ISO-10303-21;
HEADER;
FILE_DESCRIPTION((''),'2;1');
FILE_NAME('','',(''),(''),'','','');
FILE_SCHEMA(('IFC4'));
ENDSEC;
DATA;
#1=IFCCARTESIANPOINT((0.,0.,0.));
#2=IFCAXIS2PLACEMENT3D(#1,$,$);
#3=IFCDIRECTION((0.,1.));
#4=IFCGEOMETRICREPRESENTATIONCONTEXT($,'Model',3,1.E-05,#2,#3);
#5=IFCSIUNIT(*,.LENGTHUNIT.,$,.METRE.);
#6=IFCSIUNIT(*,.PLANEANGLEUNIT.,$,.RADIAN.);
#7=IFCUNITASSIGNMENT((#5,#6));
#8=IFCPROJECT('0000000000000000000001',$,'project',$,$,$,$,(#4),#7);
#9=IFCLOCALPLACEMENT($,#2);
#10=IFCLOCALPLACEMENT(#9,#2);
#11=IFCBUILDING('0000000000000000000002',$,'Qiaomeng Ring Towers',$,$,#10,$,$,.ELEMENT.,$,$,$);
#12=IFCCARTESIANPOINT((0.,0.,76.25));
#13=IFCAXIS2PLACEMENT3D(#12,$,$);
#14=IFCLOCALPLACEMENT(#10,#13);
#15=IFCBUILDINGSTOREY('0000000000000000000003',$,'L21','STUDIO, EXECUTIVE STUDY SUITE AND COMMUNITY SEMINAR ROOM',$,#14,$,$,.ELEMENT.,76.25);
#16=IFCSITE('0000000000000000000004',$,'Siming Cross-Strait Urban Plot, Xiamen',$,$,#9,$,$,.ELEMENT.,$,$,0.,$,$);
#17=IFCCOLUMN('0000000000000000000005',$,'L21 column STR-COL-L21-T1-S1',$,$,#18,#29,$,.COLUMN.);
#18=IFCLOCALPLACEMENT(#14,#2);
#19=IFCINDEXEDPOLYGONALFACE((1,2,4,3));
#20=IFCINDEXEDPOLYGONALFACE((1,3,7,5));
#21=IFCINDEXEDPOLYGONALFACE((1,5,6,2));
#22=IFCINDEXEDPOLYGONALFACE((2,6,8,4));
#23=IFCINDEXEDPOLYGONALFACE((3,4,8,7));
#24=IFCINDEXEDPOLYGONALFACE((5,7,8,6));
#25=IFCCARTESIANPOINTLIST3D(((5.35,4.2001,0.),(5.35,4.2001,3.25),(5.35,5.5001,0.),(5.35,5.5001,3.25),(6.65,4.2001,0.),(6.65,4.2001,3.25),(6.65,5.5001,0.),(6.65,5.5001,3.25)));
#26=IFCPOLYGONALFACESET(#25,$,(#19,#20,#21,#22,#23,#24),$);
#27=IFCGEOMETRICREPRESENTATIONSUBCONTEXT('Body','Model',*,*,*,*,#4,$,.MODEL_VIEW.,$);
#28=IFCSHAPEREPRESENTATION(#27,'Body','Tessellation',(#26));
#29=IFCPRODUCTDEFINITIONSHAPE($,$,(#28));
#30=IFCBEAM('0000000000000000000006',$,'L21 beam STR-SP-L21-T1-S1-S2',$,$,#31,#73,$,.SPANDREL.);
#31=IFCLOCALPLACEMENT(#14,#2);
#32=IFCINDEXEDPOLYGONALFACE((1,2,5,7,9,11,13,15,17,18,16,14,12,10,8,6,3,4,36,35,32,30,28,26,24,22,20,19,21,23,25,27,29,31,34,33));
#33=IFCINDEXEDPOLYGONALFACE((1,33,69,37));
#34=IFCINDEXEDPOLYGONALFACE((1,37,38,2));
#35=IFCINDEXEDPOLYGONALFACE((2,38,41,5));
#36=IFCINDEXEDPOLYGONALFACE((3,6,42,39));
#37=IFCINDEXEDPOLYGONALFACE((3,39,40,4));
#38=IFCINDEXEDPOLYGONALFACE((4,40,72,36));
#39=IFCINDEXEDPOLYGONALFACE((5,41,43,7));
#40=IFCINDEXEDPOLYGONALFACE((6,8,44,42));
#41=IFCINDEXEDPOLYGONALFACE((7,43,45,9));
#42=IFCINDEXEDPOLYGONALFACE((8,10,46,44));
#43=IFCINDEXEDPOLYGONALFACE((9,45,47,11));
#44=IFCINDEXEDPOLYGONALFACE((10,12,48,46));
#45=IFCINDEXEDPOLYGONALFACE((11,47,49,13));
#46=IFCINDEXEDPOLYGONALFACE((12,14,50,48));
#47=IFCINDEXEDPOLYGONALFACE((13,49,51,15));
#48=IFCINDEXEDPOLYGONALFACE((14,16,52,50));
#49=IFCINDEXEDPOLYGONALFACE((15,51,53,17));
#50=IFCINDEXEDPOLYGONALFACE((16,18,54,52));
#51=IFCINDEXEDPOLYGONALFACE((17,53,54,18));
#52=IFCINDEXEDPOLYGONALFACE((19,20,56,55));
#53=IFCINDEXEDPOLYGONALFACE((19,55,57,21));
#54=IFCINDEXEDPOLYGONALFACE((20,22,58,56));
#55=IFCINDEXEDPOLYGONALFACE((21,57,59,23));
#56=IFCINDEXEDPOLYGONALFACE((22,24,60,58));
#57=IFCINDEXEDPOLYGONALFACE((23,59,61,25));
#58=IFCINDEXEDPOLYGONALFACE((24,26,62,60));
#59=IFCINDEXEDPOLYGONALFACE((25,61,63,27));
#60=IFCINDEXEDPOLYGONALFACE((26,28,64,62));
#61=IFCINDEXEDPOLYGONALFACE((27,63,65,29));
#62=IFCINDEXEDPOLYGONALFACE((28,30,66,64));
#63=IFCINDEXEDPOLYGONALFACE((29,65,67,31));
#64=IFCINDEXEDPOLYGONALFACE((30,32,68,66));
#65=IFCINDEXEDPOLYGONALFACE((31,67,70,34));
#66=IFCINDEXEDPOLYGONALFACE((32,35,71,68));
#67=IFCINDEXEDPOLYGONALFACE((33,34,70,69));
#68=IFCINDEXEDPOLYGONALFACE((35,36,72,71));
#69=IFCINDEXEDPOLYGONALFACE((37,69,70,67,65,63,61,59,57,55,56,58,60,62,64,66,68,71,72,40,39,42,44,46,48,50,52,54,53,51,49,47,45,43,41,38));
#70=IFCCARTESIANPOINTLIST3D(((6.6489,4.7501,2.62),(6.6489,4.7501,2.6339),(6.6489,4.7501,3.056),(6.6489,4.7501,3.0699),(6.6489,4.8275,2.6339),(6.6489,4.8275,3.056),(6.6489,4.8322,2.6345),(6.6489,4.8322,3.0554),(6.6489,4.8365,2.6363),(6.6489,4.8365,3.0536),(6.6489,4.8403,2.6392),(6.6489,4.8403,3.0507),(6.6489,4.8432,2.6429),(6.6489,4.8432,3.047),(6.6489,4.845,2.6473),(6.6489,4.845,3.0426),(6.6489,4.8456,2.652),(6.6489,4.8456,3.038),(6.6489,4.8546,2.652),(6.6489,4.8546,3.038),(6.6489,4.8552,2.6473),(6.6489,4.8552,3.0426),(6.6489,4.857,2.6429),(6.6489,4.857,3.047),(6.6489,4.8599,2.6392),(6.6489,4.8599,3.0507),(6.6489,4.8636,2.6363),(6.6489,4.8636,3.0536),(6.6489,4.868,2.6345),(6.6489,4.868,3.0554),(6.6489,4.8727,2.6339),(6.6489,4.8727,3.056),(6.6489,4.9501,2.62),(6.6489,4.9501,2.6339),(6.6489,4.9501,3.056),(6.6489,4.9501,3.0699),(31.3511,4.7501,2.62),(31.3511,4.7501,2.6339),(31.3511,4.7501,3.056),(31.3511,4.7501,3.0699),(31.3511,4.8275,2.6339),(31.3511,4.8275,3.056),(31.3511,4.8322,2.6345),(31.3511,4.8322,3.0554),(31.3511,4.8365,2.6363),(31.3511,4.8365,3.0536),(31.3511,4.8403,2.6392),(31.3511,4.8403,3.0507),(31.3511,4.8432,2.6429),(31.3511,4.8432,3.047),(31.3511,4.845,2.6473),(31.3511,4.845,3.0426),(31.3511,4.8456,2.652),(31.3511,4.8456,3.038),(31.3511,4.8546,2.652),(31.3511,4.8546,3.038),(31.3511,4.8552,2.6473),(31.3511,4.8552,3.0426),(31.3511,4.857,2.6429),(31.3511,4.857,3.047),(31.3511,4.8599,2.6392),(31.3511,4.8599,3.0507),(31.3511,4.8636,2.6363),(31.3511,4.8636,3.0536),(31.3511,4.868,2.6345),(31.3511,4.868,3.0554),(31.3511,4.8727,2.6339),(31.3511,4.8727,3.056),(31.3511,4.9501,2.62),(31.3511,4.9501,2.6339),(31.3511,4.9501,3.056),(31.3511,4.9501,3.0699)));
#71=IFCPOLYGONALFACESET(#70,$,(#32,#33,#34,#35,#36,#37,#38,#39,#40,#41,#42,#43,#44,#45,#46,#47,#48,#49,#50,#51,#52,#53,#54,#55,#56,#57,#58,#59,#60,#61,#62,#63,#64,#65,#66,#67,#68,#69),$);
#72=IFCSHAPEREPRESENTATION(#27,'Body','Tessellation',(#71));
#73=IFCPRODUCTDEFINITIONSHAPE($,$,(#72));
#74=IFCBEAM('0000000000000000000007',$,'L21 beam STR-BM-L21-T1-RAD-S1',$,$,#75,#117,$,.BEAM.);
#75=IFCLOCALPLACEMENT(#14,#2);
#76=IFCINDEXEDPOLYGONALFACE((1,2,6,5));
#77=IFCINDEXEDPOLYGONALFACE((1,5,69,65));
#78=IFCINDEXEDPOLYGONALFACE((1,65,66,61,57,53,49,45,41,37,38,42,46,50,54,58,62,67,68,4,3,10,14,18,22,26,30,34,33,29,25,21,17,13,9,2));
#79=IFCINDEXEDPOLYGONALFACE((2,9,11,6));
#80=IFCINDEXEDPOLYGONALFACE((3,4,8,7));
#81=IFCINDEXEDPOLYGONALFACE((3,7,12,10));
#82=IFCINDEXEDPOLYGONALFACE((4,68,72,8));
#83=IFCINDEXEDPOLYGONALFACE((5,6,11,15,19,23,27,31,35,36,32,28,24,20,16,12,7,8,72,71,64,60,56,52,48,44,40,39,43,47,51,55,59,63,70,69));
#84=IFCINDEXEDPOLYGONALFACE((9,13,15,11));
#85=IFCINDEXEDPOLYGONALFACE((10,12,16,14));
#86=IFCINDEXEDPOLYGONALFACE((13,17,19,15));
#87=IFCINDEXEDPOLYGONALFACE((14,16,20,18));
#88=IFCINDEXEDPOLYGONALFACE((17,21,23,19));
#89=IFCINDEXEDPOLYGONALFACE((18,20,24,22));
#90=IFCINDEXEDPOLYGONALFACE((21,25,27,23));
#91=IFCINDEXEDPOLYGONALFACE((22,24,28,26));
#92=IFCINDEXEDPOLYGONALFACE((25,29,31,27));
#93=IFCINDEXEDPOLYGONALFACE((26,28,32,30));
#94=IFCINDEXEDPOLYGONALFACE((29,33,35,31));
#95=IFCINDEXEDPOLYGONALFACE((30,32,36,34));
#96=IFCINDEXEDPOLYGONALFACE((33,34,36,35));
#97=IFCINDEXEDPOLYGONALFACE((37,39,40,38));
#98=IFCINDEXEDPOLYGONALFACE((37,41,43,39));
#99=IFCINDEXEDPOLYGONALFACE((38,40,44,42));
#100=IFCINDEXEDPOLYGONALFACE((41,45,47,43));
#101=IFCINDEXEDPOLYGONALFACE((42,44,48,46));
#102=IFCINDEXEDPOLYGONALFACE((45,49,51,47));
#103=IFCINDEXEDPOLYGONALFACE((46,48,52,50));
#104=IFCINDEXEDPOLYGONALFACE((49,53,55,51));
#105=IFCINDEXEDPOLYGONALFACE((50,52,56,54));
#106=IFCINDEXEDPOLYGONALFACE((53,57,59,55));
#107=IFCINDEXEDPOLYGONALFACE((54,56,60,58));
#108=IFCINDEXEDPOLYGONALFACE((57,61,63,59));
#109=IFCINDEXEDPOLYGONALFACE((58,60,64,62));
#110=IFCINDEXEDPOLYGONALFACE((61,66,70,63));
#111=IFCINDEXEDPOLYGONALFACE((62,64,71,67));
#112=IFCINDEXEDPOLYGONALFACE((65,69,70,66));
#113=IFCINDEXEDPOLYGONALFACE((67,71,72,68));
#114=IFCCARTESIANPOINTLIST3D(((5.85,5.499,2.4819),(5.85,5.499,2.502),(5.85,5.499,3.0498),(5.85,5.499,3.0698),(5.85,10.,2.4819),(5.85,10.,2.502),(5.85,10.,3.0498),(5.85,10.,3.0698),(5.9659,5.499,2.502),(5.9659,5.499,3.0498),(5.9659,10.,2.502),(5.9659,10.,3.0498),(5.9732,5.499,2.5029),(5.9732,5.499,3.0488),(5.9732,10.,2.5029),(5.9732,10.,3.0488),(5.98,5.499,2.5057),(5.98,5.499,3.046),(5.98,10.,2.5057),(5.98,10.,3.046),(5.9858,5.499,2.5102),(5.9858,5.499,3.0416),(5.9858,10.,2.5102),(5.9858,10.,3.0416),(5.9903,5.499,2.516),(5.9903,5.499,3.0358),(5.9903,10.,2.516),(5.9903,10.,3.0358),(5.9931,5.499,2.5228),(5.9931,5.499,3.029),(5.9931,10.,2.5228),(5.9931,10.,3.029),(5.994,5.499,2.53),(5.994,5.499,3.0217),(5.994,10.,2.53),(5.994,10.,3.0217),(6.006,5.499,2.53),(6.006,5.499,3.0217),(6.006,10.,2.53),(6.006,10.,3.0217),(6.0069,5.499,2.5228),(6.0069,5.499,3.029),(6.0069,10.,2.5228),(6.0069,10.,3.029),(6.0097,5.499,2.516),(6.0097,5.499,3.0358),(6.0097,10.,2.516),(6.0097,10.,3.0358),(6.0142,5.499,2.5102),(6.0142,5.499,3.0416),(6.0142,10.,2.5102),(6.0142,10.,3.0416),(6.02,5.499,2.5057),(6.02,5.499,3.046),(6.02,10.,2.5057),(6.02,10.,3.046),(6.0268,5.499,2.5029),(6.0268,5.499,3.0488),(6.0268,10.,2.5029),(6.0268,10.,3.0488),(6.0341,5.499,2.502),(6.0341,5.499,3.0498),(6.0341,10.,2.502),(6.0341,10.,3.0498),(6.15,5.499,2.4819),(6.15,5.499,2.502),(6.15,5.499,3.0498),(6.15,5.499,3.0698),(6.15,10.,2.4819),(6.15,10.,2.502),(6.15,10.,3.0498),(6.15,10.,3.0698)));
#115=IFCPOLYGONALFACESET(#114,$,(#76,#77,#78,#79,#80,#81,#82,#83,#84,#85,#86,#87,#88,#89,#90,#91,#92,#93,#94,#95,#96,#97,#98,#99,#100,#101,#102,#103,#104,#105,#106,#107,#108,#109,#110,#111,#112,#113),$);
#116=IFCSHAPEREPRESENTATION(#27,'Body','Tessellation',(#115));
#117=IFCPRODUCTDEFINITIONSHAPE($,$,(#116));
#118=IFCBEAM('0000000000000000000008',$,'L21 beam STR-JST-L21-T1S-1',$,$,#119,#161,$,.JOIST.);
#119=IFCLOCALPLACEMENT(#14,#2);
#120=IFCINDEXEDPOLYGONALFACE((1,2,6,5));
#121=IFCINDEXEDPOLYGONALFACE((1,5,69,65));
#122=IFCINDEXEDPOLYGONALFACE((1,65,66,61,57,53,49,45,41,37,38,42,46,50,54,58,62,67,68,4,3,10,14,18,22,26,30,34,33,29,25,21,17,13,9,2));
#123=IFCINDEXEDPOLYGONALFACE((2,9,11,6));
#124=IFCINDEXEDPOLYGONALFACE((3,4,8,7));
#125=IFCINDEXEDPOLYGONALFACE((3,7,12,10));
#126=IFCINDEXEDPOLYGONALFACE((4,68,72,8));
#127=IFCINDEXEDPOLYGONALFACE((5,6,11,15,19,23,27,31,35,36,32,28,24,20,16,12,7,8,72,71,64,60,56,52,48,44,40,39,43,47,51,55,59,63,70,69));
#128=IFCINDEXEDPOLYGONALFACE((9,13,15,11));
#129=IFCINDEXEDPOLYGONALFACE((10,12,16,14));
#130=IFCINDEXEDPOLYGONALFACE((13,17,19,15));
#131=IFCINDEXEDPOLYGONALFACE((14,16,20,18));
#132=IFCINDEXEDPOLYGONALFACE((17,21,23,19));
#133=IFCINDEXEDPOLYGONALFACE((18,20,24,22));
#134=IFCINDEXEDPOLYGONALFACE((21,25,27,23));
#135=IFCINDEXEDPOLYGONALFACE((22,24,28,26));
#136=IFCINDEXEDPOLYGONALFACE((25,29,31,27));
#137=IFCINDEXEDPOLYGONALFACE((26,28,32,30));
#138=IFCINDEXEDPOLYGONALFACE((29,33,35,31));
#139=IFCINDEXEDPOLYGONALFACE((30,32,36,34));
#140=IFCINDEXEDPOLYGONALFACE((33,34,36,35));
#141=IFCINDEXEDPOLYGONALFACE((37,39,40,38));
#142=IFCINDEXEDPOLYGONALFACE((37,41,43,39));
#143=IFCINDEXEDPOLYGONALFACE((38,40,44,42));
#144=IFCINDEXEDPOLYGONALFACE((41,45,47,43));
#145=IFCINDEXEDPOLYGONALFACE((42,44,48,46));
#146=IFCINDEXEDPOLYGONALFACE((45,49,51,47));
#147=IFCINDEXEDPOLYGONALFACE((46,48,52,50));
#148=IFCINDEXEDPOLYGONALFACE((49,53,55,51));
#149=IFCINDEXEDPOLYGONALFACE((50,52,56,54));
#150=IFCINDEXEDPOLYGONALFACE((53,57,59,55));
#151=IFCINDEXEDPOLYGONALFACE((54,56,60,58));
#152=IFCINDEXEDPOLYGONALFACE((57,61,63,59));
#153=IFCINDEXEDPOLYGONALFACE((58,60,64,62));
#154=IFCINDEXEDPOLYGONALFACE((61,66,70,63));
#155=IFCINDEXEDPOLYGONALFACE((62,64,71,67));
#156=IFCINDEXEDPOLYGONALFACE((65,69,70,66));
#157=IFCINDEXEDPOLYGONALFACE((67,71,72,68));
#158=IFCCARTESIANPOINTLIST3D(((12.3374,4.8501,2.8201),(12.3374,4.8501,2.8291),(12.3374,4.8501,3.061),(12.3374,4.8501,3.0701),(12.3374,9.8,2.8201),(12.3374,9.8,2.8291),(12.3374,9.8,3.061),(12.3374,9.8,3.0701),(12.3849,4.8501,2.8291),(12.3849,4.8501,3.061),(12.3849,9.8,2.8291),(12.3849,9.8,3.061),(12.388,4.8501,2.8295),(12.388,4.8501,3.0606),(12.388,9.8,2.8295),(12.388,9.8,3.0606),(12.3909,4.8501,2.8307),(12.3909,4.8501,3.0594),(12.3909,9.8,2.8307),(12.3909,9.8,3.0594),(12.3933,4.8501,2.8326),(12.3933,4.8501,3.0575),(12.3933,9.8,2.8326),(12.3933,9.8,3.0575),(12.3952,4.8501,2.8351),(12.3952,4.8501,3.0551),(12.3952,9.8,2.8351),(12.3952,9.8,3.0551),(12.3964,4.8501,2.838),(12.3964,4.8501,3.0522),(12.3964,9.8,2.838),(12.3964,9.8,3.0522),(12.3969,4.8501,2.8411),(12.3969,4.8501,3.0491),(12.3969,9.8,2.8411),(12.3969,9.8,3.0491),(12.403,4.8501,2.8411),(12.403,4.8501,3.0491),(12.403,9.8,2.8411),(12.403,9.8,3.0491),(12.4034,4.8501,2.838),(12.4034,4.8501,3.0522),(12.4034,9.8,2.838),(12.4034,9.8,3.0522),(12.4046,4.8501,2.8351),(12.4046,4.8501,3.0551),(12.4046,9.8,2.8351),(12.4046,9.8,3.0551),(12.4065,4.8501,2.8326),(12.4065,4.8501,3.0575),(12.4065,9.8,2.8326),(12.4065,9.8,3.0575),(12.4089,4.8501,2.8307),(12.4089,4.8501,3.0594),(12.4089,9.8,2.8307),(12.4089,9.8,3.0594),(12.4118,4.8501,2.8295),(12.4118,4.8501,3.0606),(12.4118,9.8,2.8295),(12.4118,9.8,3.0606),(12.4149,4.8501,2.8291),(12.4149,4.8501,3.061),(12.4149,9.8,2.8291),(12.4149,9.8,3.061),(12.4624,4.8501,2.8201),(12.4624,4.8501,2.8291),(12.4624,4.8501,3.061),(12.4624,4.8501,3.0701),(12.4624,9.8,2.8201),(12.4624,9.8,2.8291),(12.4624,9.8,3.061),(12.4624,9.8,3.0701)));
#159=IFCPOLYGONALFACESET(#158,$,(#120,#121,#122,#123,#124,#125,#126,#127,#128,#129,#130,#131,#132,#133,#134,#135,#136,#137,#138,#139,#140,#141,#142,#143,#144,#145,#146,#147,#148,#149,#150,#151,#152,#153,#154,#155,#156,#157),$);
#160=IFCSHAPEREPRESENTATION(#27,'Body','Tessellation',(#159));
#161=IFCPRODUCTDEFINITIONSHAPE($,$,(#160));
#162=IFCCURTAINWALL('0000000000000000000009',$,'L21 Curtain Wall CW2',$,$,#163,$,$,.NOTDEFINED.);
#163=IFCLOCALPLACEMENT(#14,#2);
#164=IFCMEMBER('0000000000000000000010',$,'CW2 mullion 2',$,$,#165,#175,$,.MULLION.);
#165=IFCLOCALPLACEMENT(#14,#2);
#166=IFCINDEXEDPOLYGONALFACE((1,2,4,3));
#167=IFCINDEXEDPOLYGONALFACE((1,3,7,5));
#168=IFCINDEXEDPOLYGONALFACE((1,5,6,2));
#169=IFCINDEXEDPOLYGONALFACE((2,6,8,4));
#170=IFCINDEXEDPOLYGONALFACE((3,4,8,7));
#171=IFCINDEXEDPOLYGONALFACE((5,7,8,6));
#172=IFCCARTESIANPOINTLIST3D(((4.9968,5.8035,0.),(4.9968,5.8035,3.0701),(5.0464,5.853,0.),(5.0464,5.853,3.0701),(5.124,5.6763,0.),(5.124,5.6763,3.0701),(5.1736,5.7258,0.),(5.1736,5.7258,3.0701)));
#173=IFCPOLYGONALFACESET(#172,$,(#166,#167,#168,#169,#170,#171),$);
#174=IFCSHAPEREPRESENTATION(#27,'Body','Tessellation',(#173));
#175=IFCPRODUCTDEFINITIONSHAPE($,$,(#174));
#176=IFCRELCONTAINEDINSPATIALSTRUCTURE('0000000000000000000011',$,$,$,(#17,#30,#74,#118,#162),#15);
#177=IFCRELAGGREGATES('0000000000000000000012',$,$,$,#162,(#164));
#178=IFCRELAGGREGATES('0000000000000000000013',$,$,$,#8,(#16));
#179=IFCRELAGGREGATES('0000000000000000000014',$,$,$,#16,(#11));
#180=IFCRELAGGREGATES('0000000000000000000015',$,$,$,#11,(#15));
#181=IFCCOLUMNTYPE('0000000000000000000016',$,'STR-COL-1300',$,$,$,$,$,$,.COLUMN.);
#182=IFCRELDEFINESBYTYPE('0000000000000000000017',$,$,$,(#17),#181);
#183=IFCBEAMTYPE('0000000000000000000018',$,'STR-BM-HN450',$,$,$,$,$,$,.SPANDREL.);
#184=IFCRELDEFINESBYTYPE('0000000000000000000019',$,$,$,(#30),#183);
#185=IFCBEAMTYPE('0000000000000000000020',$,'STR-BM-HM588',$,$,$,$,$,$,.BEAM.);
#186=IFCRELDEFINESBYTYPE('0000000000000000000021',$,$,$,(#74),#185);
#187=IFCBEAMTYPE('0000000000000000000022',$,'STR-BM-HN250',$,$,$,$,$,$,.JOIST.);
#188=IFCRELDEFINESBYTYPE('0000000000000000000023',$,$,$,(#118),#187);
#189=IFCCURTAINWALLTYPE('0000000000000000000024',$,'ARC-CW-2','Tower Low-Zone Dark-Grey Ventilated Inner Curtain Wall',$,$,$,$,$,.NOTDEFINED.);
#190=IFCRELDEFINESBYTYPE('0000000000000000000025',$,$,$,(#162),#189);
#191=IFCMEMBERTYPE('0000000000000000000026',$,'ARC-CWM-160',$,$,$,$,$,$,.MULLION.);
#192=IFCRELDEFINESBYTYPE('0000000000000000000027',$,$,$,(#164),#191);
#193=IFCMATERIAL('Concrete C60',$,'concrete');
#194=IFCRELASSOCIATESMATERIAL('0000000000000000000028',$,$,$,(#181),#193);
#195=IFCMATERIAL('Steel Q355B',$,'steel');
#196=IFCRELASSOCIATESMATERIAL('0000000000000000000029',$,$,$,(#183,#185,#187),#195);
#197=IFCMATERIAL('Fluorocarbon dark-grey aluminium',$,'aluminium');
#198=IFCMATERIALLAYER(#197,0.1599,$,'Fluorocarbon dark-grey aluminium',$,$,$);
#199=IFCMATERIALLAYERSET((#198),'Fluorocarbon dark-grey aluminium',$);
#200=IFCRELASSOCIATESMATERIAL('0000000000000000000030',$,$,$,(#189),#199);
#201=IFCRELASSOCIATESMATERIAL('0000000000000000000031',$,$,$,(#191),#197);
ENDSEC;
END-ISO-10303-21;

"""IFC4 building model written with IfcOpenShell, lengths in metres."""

from ifc_helpers import new_model, si_unit, direction, frame, origin, origin_2d, place, context, subcontext, project, spatial, rectangle, i_section, extrude, source, transform, mapped, material, layer, layer_set, material_profile, profile_set, type_object, element, aggregate, save


model = new_model("IFC4")

# Units and contexts
model_context = context("Model", 3, precision=1e-05, world=origin(), true_north=direction((0.0, 1.0)))
body_context = subcontext(model_context, "Body", "Model", "MODEL_VIEW")
ifc_project = project(units=[si_unit("LENGTHUNIT", "METRE"), si_unit("PLANEANGLEUNIT", "RADIAN")], contexts=[model_context])

# Site, building, storey
site_placement = place(None, origin())
site = spatial("IfcSite", under=ifc_project, at=site_placement, Name="Siming Cross-Strait Urban Plot, Xiamen", CompositionType="ELEMENT", RefElevation=0.0)
building_placement = place(site_placement, origin())
building = spatial("IfcBuilding", under=site, at=building_placement, Name="Qiaomeng Ring Towers", CompositionType="ELEMENT")
storey_placement = place(building_placement, frame((0.0, 0.0, 76.25)))
storey = spatial("IfcBuildingStorey", under=building, at=storey_placement, Name="L21", Description="STUDIO, EXECUTIVE STUDY SUITE AND COMMUNITY SEMINAR ROOM", CompositionType="ELEMENT", Elevation=76.25)

# Column
ifc_material_1 = material(Name="Concrete C60", Category="concrete")
ifc_material_profile_1 = material_profile(ifc_material_1, rectangle(XDim=1.3, YDim=1.3, at=origin_2d()), Name="RC COL 1300x1300")
ifc_profile_set_1 = profile_set([ifc_material_profile_1], Name="Concrete C60")
column_type = type_object("IfcColumnType", Name="STR-COL-1300", PredefinedType="COLUMN", material=ifc_profile_set_1)
shared_shape_1 = source(origin(), body_context, "Body", "SweptSolid", [
    extrude(rectangle(XDim=1.3, YDim=1.3, at=origin_2d()), origin(), (0.0, 0.0, 1.0), 3.25),
])
column_placement = place(storey_placement, frame((6.0, 4.8501, 0.0), z_axis=(0.0, 0.0, 1.0), x_axis=(1.0, 0.0, 0.0)))
element("IfcColumn", 1, at=column_placement, inside=storey, type_object=column_type, Name="L21 column STR-COL-L21-T1-S1", PredefinedType="COLUMN", context=body_context, shape_type="MappedRepresentation", body=[
    mapped(shared_shape_1, transform((0.0, 0.0, 0.0), x_axis=(1.0, 0.0, 0.0), y_axis=(0.0, 1.0, 0.0), z_axis=(0.0, 0.0, 1.0), scale=1.0)),
])

# Beams
ifc_material_2 = material(Name="Steel Q355B", Category="steel")
ifc_material_profile_2 = material_profile(ifc_material_2, i_section(OverallWidth=0.2, OverallDepth=0.45, WebThickness=0.009, FlangeThickness=0.0139, FilletRadius=0.0181, at=origin_2d()), Name="HN 450x200x9x14")
ifc_profile_set_2 = profile_set([ifc_material_profile_2], Name="Steel Q355B")
beam_type_1 = type_object("IfcBeamType", Name="STR-BM-HN450", PredefinedType="SPANDREL", material=ifc_profile_set_2)
shared_shape_2 = source(origin(), body_context, "Body", "SweptSolid", [
    extrude(i_section(OverallWidth=0.2, OverallDepth=0.45, WebThickness=0.009, FlangeThickness=0.0139, FilletRadius=0.0181, at=origin_2d()), origin(), (0.0, 0.0, 1.0), 24.7021),
])
beam_1_placement = place(storey_placement, frame((6.6489, 4.8501, 2.845), z_axis=(1.0, 0.0, 0.0), x_axis=(0.0, 1.0, 0.0)))
element("IfcBeam", 2, at=beam_1_placement, inside=storey, type_object=beam_type_1, Name="L21 beam STR-SP-L21-T1-S1-S2", PredefinedType="SPANDREL", context=body_context, shape_type="MappedRepresentation", body=[
    mapped(shared_shape_2, transform((0.0, 0.0, 0.0), x_axis=(1.0, 0.0, 0.0), y_axis=(0.0, 1.0, 0.0), z_axis=(0.0, 0.0, 1.0), scale=1.0)),
])
ifc_material_profile_3 = material_profile(ifc_material_2, i_section(OverallWidth=0.3, OverallDepth=0.5879, WebThickness=0.012, FlangeThickness=0.02, FilletRadius=0.0281, at=origin_2d()), Name="HM 588x300x12x20")
ifc_profile_set_3 = profile_set([ifc_material_profile_3], Name="Steel Q355B")
beam_type_2 = type_object("IfcBeamType", Name="STR-BM-HM588", PredefinedType="BEAM", material=ifc_profile_set_3)
shared_shape_3 = source(origin(), body_context, "Body", "SweptSolid", [
    extrude(i_section(OverallWidth=0.3, OverallDepth=0.5879, WebThickness=0.012, FlangeThickness=0.02, FilletRadius=0.0281, at=origin_2d()), origin(), (0.0, 0.0, 1.0), 4.501),
])
beam_2_placement = place(storey_placement, frame((6.0, 5.499, 2.7759), z_axis=(0.0, 1.0, 0.0), x_axis=(-1.0, 0.0, 0.0)))
element("IfcBeam", 3, at=beam_2_placement, inside=storey, type_object=beam_type_2, Name="L21 beam STR-BM-L21-T1-RAD-S1", PredefinedType="BEAM", context=body_context, shape_type="MappedRepresentation", body=[
    mapped(shared_shape_3, transform((0.0, 0.0, 0.0), x_axis=(1.0, 0.0, 0.0), y_axis=(0.0, 1.0, 0.0), z_axis=(0.0, 0.0, 1.0), scale=1.0)),
])
ifc_material_profile_4 = material_profile(ifc_material_2, i_section(OverallWidth=0.125, OverallDepth=0.25, WebThickness=0.0061, FlangeThickness=0.009, FilletRadius=0.012, at=origin_2d()), Name="HN 250x125x6x9")
ifc_profile_set_4 = profile_set([ifc_material_profile_4], Name="Steel Q355B")
beam_type_3 = type_object("IfcBeamType", Name="STR-BM-HN250", PredefinedType="JOIST", material=ifc_profile_set_4)
shared_shape_4 = source(origin(), body_context, "Body", "SweptSolid", [
    extrude(i_section(OverallWidth=0.125, OverallDepth=0.25, WebThickness=0.0061, FlangeThickness=0.009, FilletRadius=0.012, at=origin_2d()), origin(), (0.0, 0.0, 1.0), 4.95),
])
beam_3_placement = place(storey_placement, frame((12.3999, 4.8501, 2.9451), z_axis=(0.0, 1.0, 0.0), x_axis=(-1.0, 0.0, 0.0)))
element("IfcBeam", 4, at=beam_3_placement, inside=storey, type_object=beam_type_3, Name="L21 beam STR-JST-L21-T1S-1", PredefinedType="JOIST", context=body_context, shape_type="MappedRepresentation", body=[
    mapped(shared_shape_4, transform((0.0, 0.0, 0.0), x_axis=(1.0, 0.0, 0.0), y_axis=(0.0, 1.0, 0.0), z_axis=(0.0, 0.0, 1.0), scale=1.0)),
])

# Curtain wall, member
ifc_material_3 = material(Name="Fluorocarbon dark-grey aluminium", Category="aluminium")
ifc_layer_1 = layer(ifc_material_3, 0.1599, Name="Fluorocarbon dark-grey aluminium")
ifc_layer_set_1 = layer_set([ifc_layer_1], Name="Fluorocarbon dark-grey aluminium")
curtain_wall_type = type_object("IfcCurtainWallType", Name="ARC-CW-2", Description="Tower Low-Zone Dark-Grey Ventilated Inner Curtain Wall", PredefinedType="NOTDEFINED", material=ifc_layer_set_1)
curtain_wall_placement = place(storey_placement, origin())
curtain_wall = element("IfcCurtainWall", 5, at=curtain_wall_placement, inside=storey, type_object=curtain_wall_type, Name="L21 Curtain Wall CW2", PredefinedType="NOTDEFINED")
ifc_material_profile_5 = material_profile(ifc_material_3, rectangle(XDim=0.0701, YDim=0.1799, at=origin_2d()), Name="ALU MULL 70x180")
ifc_profile_set_5 = profile_set([ifc_material_profile_5], Name="Fluorocarbon dark-grey aluminium")
member_type_1 = type_object("IfcMemberType", Name="ARC-CWM-160", PredefinedType="MULLION", material=ifc_profile_set_5)
shared_shape_5 = source(origin(), body_context, "Body", "SweptSolid", [
    extrude(rectangle(XDim=0.0701, YDim=0.1799, at=origin_2d()), origin(), (0.0, 0.0, 1.0), 3.0701),
])
member_1_placement = place(storey_placement, frame((5.0852, 5.7646, 0.0), z_axis=(0.0, 0.0, 1.0), x_axis=(0.707107, 0.707107, 0.0)))
member_1 = element("IfcMember", 6, at=member_1_placement, type_object=member_type_1, Name="CW2 mullion 2", PredefinedType="MULLION", context=body_context, shape_type="MappedRepresentation", body=[
    mapped(shared_shape_5, transform((0.0, 0.0, 0.0), x_axis=(1.0, 0.0, 0.0), y_axis=(0.0, 1.0, 0.0), z_axis=(0.0, 0.0, 1.0), scale=1.0)),
])
aggregate(curtain_wall, [member_1])

save(model, "model.ifc")
